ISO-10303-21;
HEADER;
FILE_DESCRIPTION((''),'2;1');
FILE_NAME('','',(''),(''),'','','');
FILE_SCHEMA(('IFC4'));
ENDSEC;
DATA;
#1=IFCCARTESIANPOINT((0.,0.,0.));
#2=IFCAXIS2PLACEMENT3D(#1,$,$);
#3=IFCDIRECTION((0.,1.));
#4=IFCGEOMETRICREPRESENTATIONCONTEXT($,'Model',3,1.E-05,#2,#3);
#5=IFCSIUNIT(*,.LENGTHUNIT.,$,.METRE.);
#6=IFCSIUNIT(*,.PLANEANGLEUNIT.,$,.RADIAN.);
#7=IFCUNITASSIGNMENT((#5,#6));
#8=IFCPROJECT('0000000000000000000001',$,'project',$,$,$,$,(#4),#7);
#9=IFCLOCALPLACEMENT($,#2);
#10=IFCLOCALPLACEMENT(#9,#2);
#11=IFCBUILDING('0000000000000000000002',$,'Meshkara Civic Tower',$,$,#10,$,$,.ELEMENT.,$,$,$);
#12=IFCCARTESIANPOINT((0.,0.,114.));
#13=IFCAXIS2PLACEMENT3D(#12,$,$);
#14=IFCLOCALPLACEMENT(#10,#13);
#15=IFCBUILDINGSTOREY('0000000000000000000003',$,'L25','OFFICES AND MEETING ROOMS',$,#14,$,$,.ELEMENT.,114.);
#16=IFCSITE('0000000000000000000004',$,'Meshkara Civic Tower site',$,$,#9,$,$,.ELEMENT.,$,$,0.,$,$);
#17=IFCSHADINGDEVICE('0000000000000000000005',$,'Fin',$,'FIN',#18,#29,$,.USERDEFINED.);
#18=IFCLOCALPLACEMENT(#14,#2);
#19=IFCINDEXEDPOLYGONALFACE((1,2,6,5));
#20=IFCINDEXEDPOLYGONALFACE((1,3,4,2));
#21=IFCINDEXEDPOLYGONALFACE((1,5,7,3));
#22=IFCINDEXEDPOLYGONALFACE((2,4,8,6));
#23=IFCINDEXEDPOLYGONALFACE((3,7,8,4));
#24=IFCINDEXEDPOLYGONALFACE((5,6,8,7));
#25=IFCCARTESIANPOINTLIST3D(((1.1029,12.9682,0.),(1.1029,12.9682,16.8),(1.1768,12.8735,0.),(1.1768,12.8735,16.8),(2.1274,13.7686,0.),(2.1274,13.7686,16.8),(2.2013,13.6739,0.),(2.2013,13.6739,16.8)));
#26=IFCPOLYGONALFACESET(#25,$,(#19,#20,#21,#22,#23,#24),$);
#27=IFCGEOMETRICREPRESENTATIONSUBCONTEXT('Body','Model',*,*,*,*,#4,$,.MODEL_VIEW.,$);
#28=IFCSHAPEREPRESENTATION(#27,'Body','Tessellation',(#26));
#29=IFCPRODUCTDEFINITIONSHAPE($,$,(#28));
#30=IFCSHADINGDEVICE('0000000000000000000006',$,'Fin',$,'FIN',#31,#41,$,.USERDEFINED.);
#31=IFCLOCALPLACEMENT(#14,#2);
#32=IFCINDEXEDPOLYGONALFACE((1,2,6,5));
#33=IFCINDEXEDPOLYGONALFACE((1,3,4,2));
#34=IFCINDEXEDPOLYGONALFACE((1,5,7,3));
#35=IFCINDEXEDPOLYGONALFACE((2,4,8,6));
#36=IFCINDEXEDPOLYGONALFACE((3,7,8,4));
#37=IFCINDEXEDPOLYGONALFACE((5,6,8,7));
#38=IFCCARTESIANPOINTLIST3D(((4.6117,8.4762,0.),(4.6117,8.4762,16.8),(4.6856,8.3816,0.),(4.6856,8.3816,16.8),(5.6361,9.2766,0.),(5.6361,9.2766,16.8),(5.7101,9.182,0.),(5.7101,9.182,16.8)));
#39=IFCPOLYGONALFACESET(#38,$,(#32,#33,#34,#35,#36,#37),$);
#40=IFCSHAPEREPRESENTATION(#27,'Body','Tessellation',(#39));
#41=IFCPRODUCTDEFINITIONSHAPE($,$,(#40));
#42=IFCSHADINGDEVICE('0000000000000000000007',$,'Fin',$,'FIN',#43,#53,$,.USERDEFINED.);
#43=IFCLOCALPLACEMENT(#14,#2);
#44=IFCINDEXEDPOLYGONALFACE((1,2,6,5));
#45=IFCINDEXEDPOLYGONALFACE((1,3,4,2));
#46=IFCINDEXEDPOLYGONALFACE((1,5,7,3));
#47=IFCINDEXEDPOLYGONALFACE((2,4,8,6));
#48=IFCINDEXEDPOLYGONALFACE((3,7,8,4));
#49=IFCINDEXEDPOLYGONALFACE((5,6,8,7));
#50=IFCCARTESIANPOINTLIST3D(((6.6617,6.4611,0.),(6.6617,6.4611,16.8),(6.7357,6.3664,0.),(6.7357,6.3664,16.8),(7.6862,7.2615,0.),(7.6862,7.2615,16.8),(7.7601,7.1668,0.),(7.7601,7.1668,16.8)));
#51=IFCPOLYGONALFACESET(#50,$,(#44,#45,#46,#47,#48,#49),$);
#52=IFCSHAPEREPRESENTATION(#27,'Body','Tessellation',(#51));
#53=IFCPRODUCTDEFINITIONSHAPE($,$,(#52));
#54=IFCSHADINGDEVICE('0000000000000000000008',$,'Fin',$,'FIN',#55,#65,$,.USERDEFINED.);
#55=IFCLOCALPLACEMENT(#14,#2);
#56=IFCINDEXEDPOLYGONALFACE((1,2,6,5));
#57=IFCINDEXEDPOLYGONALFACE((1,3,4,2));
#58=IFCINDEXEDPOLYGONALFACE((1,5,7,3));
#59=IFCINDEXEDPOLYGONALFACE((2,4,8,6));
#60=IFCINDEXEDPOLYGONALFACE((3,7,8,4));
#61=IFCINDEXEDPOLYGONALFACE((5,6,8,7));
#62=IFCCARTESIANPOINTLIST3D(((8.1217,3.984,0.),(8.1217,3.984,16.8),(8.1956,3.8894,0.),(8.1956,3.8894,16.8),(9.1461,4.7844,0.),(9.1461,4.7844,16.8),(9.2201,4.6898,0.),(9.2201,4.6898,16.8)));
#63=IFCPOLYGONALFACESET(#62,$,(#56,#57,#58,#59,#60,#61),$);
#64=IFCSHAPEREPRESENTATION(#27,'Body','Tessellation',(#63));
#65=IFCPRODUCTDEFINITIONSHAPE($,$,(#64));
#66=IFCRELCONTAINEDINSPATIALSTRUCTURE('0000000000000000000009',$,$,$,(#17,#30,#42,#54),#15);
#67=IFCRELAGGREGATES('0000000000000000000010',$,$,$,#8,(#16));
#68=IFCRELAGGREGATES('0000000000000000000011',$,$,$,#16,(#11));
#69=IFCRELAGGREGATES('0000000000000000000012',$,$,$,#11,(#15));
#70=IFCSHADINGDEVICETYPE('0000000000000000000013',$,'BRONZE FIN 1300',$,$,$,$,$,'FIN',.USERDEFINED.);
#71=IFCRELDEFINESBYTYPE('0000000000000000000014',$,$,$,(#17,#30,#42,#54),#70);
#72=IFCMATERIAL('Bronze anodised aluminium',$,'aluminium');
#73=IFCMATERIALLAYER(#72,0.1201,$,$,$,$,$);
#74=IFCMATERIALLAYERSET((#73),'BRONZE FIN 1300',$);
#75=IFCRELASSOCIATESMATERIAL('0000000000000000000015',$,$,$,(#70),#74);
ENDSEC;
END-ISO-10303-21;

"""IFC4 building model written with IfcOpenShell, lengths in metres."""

from ifc_helpers import new_model, si_unit, direction, frame, origin, origin_2d, place, context, subcontext, project, spatial, rectangle, extrude, material, layer, layer_set, type_object, element, save


model = new_model("IFC4")

# Units and contexts
model_context = context("Model", 3, precision=1e-05, world=origin(), true_north=direction((0.0, 1.0)))
body_context = subcontext(model_context, "Body", "Model", "MODEL_VIEW")
ifc_project = project(units=[si_unit("LENGTHUNIT", "METRE"), si_unit("PLANEANGLEUNIT", "RADIAN")], contexts=[model_context])

# Site, building, storey
site_placement = place(None, origin())
site = spatial("IfcSite", under=ifc_project, at=site_placement, Name="Meshkara Civic Tower site", CompositionType="ELEMENT", RefElevation=0.0)
building_placement = place(site_placement, origin())
building = spatial("IfcBuilding", under=site, at=building_placement, Name="Meshkara Civic Tower", CompositionType="ELEMENT")
storey_placement = place(building_placement, frame((0.0, 0.0, 114.0)))
storey = spatial("IfcBuildingStorey", under=building, at=storey_placement, Name="L25", Description="OFFICES AND MEETING ROOMS", CompositionType="ELEMENT", Elevation=114.0)

# Shading devices
ifc_material_1 = material(Name="Bronze anodised aluminium", Category="aluminium")
ifc_layer_1 = layer(ifc_material_1, 0.1201)
ifc_layer_set_1 = layer_set([ifc_layer_1], Name="BRONZE FIN 1300")
shading_device_type = type_object("IfcShadingDeviceType", Name="BRONZE FIN 1300", ElementType="FIN", PredefinedType="USERDEFINED", material=ifc_layer_set_1)
for number, where, z_axis, x_axis, name in (
    (1, (1.6521, 13.321, 0.0), (0.0, 0.0, 1.0), (0.615661, -0.788011, 0.0), "Fin"),
    (2, (5.1609, 8.8291, 0.0), (0.0, 0.0, 1.0), (0.615661, -0.788011, 0.0), "Fin"),
    (3, (7.2109, 6.814, 0.0), (0.0, 0.0, 1.0), (0.615661, -0.788011, 0.0), "Fin"),
    (4, (8.6709, 4.3369, 0.0), (0.0, 0.0, 1.0), (0.615661, -0.788011, 0.0), "Fin"),
):
    element("IfcShadingDevice", number, at=place(storey_placement, frame(where, z_axis=z_axis, x_axis=x_axis)), inside=storey, type_object=shading_device_type, Name=name, ObjectType="FIN", PredefinedType="USERDEFINED", context=body_context, shape_type="SweptSolid", body=[
        extrude(rectangle(XDim=0.1201, YDim=1.3, at=origin_2d()), origin(), (0.0, 0.0, 1.0), 16.8),
    ])

save(model, "model.ifc")
